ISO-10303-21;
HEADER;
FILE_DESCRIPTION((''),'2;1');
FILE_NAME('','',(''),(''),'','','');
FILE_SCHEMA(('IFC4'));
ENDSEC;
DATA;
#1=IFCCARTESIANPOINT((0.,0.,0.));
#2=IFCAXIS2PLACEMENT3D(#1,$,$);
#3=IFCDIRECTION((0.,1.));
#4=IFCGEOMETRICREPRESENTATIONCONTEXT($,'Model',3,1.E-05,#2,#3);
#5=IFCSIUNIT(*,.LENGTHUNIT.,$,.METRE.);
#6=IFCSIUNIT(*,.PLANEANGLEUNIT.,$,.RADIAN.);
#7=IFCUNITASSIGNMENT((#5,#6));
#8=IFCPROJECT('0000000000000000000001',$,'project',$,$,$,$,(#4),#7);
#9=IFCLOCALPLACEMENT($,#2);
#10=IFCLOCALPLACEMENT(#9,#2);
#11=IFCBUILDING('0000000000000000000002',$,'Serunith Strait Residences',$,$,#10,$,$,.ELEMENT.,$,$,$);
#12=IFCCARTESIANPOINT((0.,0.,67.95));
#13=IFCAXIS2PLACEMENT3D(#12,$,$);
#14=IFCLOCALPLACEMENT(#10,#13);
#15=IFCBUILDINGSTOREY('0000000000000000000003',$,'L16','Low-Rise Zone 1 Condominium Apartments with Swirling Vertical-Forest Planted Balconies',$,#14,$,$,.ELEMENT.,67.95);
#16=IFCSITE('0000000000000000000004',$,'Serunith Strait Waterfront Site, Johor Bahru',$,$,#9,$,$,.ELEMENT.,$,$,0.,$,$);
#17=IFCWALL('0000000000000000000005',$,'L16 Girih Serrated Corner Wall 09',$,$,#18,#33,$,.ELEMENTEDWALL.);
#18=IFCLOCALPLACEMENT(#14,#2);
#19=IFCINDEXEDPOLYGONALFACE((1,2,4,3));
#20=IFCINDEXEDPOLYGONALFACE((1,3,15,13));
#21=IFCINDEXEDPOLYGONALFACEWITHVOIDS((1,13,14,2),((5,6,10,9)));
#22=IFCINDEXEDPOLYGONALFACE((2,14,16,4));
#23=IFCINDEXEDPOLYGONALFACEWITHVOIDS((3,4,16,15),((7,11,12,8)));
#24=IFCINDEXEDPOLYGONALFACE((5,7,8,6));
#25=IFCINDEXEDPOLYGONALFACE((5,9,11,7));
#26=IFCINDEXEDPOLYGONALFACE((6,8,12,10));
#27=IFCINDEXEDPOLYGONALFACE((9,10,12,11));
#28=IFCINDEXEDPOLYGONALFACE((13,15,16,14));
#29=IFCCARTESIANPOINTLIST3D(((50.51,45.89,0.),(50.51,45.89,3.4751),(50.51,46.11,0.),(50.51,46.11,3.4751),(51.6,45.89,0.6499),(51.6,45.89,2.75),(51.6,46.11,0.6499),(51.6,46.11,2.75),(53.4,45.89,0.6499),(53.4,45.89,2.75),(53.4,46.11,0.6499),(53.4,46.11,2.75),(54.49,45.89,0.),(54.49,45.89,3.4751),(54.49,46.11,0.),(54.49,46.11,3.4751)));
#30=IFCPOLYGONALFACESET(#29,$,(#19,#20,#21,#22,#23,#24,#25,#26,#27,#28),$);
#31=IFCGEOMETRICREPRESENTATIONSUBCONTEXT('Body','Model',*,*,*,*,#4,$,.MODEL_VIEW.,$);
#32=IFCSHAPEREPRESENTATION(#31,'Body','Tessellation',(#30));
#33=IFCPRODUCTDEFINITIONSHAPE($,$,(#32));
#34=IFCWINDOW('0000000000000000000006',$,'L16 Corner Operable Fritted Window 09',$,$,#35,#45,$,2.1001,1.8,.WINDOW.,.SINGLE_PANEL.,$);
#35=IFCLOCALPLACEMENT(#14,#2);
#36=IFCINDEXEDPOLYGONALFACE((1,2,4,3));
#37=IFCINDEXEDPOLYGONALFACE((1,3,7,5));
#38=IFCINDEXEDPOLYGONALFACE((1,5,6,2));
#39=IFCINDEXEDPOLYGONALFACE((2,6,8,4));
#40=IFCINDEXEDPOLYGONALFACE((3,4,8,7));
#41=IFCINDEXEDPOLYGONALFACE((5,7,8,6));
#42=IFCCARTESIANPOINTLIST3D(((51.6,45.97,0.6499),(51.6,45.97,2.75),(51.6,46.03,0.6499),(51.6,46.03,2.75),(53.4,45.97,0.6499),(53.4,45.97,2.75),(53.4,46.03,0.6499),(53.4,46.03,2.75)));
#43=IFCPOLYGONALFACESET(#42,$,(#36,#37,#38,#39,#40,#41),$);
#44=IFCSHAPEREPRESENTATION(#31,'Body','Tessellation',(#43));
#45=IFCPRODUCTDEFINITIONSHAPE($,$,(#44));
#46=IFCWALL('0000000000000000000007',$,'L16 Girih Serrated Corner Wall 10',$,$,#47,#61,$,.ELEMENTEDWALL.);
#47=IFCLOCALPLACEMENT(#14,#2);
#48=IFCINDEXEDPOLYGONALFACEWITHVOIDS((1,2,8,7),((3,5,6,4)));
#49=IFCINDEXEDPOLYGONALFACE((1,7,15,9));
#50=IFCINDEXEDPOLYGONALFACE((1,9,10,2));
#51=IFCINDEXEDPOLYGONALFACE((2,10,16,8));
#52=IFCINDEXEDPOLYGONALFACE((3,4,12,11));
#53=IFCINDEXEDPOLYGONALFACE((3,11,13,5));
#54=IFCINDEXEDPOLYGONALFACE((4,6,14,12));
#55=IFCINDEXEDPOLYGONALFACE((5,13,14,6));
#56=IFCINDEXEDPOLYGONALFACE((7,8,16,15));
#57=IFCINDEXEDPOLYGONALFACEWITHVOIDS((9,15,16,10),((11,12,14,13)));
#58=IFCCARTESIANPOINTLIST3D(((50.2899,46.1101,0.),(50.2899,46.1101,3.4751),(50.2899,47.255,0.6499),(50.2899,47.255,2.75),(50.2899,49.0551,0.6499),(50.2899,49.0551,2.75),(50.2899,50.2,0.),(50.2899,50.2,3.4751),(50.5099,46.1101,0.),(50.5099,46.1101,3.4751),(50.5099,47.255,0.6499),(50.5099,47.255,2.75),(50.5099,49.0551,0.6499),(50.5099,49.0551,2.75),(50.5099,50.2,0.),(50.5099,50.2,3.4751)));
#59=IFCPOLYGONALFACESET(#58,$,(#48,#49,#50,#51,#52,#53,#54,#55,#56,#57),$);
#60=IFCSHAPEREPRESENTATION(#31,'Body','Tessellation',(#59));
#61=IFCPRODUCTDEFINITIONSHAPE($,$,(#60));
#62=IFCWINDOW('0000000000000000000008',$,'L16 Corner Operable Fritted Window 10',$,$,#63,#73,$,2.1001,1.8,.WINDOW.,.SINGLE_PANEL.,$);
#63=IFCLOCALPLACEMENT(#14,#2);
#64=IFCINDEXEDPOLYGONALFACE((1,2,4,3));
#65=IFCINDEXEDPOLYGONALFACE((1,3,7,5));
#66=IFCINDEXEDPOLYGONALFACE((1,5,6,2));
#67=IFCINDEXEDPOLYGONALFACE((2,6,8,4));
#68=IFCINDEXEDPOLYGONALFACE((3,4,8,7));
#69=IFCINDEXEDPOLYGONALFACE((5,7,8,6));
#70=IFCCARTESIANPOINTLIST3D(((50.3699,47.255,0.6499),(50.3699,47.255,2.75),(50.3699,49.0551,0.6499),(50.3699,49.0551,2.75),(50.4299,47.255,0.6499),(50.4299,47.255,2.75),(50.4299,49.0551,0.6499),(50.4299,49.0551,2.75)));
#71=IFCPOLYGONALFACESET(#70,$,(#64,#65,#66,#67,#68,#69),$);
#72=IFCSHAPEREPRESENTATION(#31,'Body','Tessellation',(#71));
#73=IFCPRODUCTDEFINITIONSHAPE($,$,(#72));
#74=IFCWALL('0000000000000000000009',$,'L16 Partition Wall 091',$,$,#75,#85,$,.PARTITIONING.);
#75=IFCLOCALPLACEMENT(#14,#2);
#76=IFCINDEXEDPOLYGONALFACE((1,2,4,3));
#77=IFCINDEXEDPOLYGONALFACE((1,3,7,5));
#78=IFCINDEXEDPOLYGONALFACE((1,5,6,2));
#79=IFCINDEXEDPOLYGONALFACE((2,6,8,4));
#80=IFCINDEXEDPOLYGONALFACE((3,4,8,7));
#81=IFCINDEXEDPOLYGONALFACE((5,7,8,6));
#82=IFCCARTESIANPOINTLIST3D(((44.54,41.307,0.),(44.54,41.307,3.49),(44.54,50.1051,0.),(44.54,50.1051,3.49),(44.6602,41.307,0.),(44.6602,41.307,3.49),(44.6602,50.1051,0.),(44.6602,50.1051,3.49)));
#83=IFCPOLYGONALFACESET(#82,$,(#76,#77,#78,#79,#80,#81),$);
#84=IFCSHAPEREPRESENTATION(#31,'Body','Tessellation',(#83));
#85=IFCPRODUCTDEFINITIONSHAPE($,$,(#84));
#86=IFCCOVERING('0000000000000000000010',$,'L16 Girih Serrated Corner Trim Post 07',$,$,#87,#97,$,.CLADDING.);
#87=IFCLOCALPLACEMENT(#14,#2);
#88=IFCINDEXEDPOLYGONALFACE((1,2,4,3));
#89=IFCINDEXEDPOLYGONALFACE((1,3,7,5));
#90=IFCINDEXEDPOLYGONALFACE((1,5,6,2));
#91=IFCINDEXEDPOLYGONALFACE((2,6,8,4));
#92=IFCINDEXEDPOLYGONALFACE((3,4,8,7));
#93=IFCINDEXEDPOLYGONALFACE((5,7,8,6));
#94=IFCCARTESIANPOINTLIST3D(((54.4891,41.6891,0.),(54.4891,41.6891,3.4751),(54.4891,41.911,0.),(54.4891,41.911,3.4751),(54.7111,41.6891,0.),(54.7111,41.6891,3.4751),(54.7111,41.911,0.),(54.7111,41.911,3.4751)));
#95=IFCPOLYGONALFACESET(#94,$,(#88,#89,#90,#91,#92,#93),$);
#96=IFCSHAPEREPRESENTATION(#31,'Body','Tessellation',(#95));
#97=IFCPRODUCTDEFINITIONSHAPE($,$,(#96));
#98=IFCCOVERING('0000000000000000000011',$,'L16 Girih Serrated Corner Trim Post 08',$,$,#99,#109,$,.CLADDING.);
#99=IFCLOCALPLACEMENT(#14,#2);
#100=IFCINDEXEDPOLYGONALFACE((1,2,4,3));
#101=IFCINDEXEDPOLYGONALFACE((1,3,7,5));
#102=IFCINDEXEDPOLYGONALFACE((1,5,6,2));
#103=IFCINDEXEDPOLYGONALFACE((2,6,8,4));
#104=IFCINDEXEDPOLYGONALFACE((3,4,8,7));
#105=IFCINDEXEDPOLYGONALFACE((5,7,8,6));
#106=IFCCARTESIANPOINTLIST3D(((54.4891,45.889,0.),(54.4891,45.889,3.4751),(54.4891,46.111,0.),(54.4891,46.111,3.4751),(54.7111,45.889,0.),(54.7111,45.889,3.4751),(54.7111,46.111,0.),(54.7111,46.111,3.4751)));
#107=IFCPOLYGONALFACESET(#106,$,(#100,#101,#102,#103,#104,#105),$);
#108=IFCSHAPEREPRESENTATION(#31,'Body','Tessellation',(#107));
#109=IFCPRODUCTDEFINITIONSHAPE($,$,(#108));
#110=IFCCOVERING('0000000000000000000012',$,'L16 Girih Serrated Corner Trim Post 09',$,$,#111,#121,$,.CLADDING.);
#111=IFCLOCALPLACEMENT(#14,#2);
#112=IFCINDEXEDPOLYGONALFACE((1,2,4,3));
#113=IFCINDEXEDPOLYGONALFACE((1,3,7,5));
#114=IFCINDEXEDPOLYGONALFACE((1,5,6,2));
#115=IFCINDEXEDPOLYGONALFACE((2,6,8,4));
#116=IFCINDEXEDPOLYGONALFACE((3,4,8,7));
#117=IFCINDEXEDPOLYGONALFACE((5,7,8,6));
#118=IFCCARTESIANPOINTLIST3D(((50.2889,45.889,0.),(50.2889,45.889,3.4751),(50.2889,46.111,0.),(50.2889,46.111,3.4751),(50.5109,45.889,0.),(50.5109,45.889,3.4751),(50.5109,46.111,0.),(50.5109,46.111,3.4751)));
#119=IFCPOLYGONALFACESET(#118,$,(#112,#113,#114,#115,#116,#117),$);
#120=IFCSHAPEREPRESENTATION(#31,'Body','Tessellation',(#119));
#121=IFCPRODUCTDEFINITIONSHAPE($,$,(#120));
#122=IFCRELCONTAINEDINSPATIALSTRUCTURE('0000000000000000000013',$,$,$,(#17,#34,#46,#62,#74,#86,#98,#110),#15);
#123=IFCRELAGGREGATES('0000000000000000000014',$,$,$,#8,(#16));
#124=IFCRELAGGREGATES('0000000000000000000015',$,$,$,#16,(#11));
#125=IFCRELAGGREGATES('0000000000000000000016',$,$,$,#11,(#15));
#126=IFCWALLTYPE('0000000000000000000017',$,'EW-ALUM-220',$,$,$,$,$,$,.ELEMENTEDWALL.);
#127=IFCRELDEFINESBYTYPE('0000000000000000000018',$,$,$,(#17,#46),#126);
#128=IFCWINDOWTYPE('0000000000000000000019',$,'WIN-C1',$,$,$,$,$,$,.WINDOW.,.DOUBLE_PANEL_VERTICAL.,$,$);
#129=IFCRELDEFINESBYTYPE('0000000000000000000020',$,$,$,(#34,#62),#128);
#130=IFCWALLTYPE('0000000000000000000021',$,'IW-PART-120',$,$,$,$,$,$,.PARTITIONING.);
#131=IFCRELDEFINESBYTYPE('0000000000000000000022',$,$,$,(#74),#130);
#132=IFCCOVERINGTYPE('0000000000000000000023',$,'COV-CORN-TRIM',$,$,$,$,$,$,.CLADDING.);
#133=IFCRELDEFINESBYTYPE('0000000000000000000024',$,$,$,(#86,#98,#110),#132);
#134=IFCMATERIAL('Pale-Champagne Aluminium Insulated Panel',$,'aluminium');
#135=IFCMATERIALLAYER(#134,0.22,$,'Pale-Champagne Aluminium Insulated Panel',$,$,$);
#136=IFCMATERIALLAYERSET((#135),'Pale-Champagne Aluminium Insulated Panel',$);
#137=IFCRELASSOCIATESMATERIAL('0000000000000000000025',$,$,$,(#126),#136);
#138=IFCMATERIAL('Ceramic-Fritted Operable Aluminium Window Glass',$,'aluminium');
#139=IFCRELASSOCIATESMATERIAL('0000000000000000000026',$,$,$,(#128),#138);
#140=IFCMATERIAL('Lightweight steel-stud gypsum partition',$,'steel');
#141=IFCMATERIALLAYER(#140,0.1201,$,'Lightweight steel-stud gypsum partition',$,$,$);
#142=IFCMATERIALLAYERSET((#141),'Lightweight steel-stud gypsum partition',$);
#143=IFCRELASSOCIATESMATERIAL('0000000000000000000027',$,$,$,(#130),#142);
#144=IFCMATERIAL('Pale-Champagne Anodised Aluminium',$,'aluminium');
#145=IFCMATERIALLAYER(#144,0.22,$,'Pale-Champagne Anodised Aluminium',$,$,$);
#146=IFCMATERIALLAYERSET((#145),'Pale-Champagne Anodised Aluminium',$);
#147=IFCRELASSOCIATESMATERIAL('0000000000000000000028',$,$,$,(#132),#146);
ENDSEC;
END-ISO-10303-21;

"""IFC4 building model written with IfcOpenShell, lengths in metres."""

from ifc_helpers import new_model, si_unit, direction, frame, frame_2d, origin, origin_2d, place, context, subcontext, project, spatial, rectangle, extrude, source, transform, mapped, material, layer, layer_set, type_object, element, fill, save


model = new_model("IFC4")

# Units and contexts
model_context = context("Model", 3, precision=1e-05, world=origin(), true_north=direction((0.0, 1.0)))
body_context = subcontext(model_context, "Body", "Model", "MODEL_VIEW")
ifc_project = project(units=[si_unit("LENGTHUNIT", "METRE"), si_unit("PLANEANGLEUNIT", "RADIAN")], contexts=[model_context])

# Site, building, storey
site_placement = place(None, origin())
site = spatial("IfcSite", under=ifc_project, at=site_placement, Name="Serunith Strait Waterfront Site, Johor Bahru", CompositionType="ELEMENT", RefElevation=0.0)
building_placement = place(site_placement, origin())
building = spatial("IfcBuilding", under=site, at=building_placement, Name="Serunith Strait Residences", CompositionType="ELEMENT")
storey_placement = place(building_placement, frame((0.0, 0.0, 67.95)))
storey = spatial("IfcBuildingStorey", under=building, at=storey_placement, Name="L16", Description="Low-Rise Zone 1 Condominium Apartments with Swirling Vertical-Forest Planted Balconies", CompositionType="ELEMENT", Elevation=67.95)

# Shared definitions
ifc_material_1 = material(Name="Pale-Champagne Anodised Aluminium", Category="aluminium")

# Walls, openings, windows
ifc_material_2 = material(Name="Pale-Champagne Aluminium Insulated Panel", Category="aluminium")
ifc_layer_1 = layer(ifc_material_2, 0.22, Name="Pale-Champagne Aluminium Insulated Panel")
ifc_layer_set_1 = layer_set([ifc_layer_1], Name="Pale-Champagne Aluminium Insulated Panel")
wall_type_1 = type_object("IfcWallType", Name="EW-ALUM-220", PredefinedType="ELEMENTEDWALL", material=ifc_layer_set_1)
ifc_material_3 = material(Name="Ceramic-Fritted Operable Aluminium Window Glass", Category="aluminium")
window_type = type_object("IfcWindowType", Name="WIN-C1", PartitioningType="DOUBLE_PANEL_VERTICAL", PredefinedType="WINDOW", material=ifc_material_3)
shared_shape_1 = source(origin(), body_context, "Body", "SweptSolid", [
    extrude(rectangle(XDim=1.8, YDim=2.1001, at=frame_2d((0.8999, 1.05))), frame((0.0, 0.03, 0.0), z_axis=(0.0, -1.0, 0.0), x_axis=(1.0, 0.0, 0.0)), (0.0, 0.0, 1.0), 0.0601),
])
wall_1_placement = place(storey_placement, frame((54.49, 46.0, 0.0), z_axis=(0.0, 0.0, 1.0), x_axis=(-1.0, 0.0, 0.0)))
wall_1 = element("IfcWall", 1, at=wall_1_placement, inside=storey, type_object=wall_type_1, Name="L16 Girih Serrated Corner Wall 09", PredefinedType="ELEMENTEDWALL", context=body_context, shape_type="SweptSolid", body=[
    extrude(rectangle(XDim=3.98, YDim=0.22, at=frame_2d((1.99, 0.0))), origin(), (0.0, 0.0, 1.0), 3.4751),
])
opening_1_placement = place(wall_1_placement, frame((1.0901, 0.0, 0.6499)))
opening_1 = element("IfcOpeningElement", 2, at=opening_1_placement, cuts=wall_1, PredefinedType="OPENING", context=body_context, shape_type="SweptSolid", body=[
    extrude(rectangle(XDim=1.8, YDim=2.1001, at=frame_2d((0.8999, 1.05))), frame((0.0, 0.1201, 0.0), z_axis=(0.0, -1.0, 0.0), x_axis=(1.0, 0.0, 0.0)), (0.0, 0.0, 1.0), 0.24),
])
window_1_placement = place(opening_1_placement, origin())
window_1 = element("IfcWindow", 3, at=window_1_placement, inside=storey, type_object=window_type, Name="L16 Corner Operable Fritted Window 09", OverallHeight=2.1001, OverallWidth=1.8, PartitioningType="SINGLE_PANEL", PredefinedType="WINDOW", context=body_context, shape_type="MappedRepresentation", body=[
    mapped(shared_shape_1, transform((0.0, 0.0, 0.0), scale=1.0)),
])
fill(opening_1, window_1)
wall_2_placement = place(storey_placement, frame((50.3999, 46.1101, 0.0), z_axis=(0.0, 0.0, 1.0), x_axis=(0.0, 1.0, 0.0)))
wall_2 = element("IfcWall", 4, at=wall_2_placement, inside=storey, type_object=wall_type_1, Name="L16 Girih Serrated Corner Wall 10", PredefinedType="ELEMENTEDWALL", context=body_context, shape_type="SweptSolid", body=[
    extrude(rectangle(XDim=4.0898, YDim=0.22, at=frame_2d((2.0449, 0.0))), origin(), (0.0, 0.0, 1.0), 3.4751),
])
opening_2_placement = place(wall_2_placement, frame((1.145, 0.0, 0.6499)))
opening_2 = element("IfcOpeningElement", 5, at=opening_2_placement, cuts=wall_2, PredefinedType="OPENING", context=body_context, shape_type="SweptSolid", body=[
    extrude(rectangle(XDim=1.8, YDim=2.1001, at=frame_2d((0.8999, 1.05))), frame((0.0, 0.1201, 0.0), z_axis=(0.0, -1.0, 0.0), x_axis=(1.0, 0.0, 0.0)), (0.0, 0.0, 1.0), 0.24),
])
window_2_placement = place(opening_2_placement, origin())
window_2 = element("IfcWindow", 6, at=window_2_placement, inside=storey, type_object=window_type, Name="L16 Corner Operable Fritted Window 10", OverallHeight=2.1001, OverallWidth=1.8, PartitioningType="SINGLE_PANEL", PredefinedType="WINDOW", context=body_context, shape_type="MappedRepresentation", body=[
    mapped(shared_shape_1, transform((0.0, 0.0, 0.0), scale=1.0)),
])
fill(opening_2, window_2)

# Wall
ifc_material_4 = material(Name="Lightweight steel-stud gypsum partition", Category="steel")
ifc_layer_2 = layer(ifc_material_4, 0.1201, Name="Lightweight steel-stud gypsum partition")
ifc_layer_set_2 = layer_set([ifc_layer_2], Name="Lightweight steel-stud gypsum partition")
wall_type_2 = type_object("IfcWallType", Name="IW-PART-120", PredefinedType="PARTITIONING", material=ifc_layer_set_2)
wall_3_placement = place(storey_placement, frame((44.6001, 50.105, 0.0), z_axis=(0.0, 0.0, 1.0), x_axis=(0.0, -1.0, 0.0)))
element("IfcWall", 7, at=wall_3_placement, inside=storey, type_object=wall_type_2, Name="L16 Partition Wall 091", PredefinedType="PARTITIONING", context=body_context, shape_type="SweptSolid", body=[
    extrude(rectangle(XDim=8.7981, YDim=0.1201, at=frame_2d((4.3989, 0.0))), origin(), (0.0, 0.0, 1.0), 3.49),
])

# Coverings
ifc_layer_3 = layer(ifc_material_1, 0.22, Name="Pale-Champagne Anodised Aluminium")
ifc_layer_set_3 = layer_set([ifc_layer_3], Name="Pale-Champagne Anodised Aluminium")
covering_type = type_object("IfcCoveringType", Name="COV-CORN-TRIM", PredefinedType="CLADDING", material=ifc_layer_set_3)
shared_shape_2 = source(origin(), body_context, "Body", "SweptSolid", [
    extrude(rectangle(XDim=0.2219, YDim=0.2219, at=origin_2d()), origin(), (0.0, 0.0, 1.0), 3.4751),
])
for number, where, z_axis, x_axis, name in (
    (8, (54.6001, 41.8, 0.0), (0.0, 0.0, 1.0), (1.0, 0.0, 0.0), "L16 Girih Serrated Corner Trim Post 07"),
    (9, (54.6001, 46.0, 0.0), (0.0, 0.0, 1.0), (1.0, 0.0, 0.0), "L16 Girih Serrated Corner Trim Post 08"),
    (10, (50.3999, 46.0, 0.0), (0.0, 0.0, 1.0), (1.0, 0.0, 0.0), "L16 Girih Serrated Corner Trim Post 09"),
):
    element("IfcCovering", number, at=place(storey_placement, frame(where, z_axis=z_axis, x_axis=x_axis)), inside=storey, type_object=covering_type, Name=name, PredefinedType="CLADDING", context=body_context, shape_type="MappedRepresentation", body=[
        mapped(shared_shape_2, transform((0.0, 0.0, 0.0), scale=1.0)),
    ])

save(model, "model.ifc")
